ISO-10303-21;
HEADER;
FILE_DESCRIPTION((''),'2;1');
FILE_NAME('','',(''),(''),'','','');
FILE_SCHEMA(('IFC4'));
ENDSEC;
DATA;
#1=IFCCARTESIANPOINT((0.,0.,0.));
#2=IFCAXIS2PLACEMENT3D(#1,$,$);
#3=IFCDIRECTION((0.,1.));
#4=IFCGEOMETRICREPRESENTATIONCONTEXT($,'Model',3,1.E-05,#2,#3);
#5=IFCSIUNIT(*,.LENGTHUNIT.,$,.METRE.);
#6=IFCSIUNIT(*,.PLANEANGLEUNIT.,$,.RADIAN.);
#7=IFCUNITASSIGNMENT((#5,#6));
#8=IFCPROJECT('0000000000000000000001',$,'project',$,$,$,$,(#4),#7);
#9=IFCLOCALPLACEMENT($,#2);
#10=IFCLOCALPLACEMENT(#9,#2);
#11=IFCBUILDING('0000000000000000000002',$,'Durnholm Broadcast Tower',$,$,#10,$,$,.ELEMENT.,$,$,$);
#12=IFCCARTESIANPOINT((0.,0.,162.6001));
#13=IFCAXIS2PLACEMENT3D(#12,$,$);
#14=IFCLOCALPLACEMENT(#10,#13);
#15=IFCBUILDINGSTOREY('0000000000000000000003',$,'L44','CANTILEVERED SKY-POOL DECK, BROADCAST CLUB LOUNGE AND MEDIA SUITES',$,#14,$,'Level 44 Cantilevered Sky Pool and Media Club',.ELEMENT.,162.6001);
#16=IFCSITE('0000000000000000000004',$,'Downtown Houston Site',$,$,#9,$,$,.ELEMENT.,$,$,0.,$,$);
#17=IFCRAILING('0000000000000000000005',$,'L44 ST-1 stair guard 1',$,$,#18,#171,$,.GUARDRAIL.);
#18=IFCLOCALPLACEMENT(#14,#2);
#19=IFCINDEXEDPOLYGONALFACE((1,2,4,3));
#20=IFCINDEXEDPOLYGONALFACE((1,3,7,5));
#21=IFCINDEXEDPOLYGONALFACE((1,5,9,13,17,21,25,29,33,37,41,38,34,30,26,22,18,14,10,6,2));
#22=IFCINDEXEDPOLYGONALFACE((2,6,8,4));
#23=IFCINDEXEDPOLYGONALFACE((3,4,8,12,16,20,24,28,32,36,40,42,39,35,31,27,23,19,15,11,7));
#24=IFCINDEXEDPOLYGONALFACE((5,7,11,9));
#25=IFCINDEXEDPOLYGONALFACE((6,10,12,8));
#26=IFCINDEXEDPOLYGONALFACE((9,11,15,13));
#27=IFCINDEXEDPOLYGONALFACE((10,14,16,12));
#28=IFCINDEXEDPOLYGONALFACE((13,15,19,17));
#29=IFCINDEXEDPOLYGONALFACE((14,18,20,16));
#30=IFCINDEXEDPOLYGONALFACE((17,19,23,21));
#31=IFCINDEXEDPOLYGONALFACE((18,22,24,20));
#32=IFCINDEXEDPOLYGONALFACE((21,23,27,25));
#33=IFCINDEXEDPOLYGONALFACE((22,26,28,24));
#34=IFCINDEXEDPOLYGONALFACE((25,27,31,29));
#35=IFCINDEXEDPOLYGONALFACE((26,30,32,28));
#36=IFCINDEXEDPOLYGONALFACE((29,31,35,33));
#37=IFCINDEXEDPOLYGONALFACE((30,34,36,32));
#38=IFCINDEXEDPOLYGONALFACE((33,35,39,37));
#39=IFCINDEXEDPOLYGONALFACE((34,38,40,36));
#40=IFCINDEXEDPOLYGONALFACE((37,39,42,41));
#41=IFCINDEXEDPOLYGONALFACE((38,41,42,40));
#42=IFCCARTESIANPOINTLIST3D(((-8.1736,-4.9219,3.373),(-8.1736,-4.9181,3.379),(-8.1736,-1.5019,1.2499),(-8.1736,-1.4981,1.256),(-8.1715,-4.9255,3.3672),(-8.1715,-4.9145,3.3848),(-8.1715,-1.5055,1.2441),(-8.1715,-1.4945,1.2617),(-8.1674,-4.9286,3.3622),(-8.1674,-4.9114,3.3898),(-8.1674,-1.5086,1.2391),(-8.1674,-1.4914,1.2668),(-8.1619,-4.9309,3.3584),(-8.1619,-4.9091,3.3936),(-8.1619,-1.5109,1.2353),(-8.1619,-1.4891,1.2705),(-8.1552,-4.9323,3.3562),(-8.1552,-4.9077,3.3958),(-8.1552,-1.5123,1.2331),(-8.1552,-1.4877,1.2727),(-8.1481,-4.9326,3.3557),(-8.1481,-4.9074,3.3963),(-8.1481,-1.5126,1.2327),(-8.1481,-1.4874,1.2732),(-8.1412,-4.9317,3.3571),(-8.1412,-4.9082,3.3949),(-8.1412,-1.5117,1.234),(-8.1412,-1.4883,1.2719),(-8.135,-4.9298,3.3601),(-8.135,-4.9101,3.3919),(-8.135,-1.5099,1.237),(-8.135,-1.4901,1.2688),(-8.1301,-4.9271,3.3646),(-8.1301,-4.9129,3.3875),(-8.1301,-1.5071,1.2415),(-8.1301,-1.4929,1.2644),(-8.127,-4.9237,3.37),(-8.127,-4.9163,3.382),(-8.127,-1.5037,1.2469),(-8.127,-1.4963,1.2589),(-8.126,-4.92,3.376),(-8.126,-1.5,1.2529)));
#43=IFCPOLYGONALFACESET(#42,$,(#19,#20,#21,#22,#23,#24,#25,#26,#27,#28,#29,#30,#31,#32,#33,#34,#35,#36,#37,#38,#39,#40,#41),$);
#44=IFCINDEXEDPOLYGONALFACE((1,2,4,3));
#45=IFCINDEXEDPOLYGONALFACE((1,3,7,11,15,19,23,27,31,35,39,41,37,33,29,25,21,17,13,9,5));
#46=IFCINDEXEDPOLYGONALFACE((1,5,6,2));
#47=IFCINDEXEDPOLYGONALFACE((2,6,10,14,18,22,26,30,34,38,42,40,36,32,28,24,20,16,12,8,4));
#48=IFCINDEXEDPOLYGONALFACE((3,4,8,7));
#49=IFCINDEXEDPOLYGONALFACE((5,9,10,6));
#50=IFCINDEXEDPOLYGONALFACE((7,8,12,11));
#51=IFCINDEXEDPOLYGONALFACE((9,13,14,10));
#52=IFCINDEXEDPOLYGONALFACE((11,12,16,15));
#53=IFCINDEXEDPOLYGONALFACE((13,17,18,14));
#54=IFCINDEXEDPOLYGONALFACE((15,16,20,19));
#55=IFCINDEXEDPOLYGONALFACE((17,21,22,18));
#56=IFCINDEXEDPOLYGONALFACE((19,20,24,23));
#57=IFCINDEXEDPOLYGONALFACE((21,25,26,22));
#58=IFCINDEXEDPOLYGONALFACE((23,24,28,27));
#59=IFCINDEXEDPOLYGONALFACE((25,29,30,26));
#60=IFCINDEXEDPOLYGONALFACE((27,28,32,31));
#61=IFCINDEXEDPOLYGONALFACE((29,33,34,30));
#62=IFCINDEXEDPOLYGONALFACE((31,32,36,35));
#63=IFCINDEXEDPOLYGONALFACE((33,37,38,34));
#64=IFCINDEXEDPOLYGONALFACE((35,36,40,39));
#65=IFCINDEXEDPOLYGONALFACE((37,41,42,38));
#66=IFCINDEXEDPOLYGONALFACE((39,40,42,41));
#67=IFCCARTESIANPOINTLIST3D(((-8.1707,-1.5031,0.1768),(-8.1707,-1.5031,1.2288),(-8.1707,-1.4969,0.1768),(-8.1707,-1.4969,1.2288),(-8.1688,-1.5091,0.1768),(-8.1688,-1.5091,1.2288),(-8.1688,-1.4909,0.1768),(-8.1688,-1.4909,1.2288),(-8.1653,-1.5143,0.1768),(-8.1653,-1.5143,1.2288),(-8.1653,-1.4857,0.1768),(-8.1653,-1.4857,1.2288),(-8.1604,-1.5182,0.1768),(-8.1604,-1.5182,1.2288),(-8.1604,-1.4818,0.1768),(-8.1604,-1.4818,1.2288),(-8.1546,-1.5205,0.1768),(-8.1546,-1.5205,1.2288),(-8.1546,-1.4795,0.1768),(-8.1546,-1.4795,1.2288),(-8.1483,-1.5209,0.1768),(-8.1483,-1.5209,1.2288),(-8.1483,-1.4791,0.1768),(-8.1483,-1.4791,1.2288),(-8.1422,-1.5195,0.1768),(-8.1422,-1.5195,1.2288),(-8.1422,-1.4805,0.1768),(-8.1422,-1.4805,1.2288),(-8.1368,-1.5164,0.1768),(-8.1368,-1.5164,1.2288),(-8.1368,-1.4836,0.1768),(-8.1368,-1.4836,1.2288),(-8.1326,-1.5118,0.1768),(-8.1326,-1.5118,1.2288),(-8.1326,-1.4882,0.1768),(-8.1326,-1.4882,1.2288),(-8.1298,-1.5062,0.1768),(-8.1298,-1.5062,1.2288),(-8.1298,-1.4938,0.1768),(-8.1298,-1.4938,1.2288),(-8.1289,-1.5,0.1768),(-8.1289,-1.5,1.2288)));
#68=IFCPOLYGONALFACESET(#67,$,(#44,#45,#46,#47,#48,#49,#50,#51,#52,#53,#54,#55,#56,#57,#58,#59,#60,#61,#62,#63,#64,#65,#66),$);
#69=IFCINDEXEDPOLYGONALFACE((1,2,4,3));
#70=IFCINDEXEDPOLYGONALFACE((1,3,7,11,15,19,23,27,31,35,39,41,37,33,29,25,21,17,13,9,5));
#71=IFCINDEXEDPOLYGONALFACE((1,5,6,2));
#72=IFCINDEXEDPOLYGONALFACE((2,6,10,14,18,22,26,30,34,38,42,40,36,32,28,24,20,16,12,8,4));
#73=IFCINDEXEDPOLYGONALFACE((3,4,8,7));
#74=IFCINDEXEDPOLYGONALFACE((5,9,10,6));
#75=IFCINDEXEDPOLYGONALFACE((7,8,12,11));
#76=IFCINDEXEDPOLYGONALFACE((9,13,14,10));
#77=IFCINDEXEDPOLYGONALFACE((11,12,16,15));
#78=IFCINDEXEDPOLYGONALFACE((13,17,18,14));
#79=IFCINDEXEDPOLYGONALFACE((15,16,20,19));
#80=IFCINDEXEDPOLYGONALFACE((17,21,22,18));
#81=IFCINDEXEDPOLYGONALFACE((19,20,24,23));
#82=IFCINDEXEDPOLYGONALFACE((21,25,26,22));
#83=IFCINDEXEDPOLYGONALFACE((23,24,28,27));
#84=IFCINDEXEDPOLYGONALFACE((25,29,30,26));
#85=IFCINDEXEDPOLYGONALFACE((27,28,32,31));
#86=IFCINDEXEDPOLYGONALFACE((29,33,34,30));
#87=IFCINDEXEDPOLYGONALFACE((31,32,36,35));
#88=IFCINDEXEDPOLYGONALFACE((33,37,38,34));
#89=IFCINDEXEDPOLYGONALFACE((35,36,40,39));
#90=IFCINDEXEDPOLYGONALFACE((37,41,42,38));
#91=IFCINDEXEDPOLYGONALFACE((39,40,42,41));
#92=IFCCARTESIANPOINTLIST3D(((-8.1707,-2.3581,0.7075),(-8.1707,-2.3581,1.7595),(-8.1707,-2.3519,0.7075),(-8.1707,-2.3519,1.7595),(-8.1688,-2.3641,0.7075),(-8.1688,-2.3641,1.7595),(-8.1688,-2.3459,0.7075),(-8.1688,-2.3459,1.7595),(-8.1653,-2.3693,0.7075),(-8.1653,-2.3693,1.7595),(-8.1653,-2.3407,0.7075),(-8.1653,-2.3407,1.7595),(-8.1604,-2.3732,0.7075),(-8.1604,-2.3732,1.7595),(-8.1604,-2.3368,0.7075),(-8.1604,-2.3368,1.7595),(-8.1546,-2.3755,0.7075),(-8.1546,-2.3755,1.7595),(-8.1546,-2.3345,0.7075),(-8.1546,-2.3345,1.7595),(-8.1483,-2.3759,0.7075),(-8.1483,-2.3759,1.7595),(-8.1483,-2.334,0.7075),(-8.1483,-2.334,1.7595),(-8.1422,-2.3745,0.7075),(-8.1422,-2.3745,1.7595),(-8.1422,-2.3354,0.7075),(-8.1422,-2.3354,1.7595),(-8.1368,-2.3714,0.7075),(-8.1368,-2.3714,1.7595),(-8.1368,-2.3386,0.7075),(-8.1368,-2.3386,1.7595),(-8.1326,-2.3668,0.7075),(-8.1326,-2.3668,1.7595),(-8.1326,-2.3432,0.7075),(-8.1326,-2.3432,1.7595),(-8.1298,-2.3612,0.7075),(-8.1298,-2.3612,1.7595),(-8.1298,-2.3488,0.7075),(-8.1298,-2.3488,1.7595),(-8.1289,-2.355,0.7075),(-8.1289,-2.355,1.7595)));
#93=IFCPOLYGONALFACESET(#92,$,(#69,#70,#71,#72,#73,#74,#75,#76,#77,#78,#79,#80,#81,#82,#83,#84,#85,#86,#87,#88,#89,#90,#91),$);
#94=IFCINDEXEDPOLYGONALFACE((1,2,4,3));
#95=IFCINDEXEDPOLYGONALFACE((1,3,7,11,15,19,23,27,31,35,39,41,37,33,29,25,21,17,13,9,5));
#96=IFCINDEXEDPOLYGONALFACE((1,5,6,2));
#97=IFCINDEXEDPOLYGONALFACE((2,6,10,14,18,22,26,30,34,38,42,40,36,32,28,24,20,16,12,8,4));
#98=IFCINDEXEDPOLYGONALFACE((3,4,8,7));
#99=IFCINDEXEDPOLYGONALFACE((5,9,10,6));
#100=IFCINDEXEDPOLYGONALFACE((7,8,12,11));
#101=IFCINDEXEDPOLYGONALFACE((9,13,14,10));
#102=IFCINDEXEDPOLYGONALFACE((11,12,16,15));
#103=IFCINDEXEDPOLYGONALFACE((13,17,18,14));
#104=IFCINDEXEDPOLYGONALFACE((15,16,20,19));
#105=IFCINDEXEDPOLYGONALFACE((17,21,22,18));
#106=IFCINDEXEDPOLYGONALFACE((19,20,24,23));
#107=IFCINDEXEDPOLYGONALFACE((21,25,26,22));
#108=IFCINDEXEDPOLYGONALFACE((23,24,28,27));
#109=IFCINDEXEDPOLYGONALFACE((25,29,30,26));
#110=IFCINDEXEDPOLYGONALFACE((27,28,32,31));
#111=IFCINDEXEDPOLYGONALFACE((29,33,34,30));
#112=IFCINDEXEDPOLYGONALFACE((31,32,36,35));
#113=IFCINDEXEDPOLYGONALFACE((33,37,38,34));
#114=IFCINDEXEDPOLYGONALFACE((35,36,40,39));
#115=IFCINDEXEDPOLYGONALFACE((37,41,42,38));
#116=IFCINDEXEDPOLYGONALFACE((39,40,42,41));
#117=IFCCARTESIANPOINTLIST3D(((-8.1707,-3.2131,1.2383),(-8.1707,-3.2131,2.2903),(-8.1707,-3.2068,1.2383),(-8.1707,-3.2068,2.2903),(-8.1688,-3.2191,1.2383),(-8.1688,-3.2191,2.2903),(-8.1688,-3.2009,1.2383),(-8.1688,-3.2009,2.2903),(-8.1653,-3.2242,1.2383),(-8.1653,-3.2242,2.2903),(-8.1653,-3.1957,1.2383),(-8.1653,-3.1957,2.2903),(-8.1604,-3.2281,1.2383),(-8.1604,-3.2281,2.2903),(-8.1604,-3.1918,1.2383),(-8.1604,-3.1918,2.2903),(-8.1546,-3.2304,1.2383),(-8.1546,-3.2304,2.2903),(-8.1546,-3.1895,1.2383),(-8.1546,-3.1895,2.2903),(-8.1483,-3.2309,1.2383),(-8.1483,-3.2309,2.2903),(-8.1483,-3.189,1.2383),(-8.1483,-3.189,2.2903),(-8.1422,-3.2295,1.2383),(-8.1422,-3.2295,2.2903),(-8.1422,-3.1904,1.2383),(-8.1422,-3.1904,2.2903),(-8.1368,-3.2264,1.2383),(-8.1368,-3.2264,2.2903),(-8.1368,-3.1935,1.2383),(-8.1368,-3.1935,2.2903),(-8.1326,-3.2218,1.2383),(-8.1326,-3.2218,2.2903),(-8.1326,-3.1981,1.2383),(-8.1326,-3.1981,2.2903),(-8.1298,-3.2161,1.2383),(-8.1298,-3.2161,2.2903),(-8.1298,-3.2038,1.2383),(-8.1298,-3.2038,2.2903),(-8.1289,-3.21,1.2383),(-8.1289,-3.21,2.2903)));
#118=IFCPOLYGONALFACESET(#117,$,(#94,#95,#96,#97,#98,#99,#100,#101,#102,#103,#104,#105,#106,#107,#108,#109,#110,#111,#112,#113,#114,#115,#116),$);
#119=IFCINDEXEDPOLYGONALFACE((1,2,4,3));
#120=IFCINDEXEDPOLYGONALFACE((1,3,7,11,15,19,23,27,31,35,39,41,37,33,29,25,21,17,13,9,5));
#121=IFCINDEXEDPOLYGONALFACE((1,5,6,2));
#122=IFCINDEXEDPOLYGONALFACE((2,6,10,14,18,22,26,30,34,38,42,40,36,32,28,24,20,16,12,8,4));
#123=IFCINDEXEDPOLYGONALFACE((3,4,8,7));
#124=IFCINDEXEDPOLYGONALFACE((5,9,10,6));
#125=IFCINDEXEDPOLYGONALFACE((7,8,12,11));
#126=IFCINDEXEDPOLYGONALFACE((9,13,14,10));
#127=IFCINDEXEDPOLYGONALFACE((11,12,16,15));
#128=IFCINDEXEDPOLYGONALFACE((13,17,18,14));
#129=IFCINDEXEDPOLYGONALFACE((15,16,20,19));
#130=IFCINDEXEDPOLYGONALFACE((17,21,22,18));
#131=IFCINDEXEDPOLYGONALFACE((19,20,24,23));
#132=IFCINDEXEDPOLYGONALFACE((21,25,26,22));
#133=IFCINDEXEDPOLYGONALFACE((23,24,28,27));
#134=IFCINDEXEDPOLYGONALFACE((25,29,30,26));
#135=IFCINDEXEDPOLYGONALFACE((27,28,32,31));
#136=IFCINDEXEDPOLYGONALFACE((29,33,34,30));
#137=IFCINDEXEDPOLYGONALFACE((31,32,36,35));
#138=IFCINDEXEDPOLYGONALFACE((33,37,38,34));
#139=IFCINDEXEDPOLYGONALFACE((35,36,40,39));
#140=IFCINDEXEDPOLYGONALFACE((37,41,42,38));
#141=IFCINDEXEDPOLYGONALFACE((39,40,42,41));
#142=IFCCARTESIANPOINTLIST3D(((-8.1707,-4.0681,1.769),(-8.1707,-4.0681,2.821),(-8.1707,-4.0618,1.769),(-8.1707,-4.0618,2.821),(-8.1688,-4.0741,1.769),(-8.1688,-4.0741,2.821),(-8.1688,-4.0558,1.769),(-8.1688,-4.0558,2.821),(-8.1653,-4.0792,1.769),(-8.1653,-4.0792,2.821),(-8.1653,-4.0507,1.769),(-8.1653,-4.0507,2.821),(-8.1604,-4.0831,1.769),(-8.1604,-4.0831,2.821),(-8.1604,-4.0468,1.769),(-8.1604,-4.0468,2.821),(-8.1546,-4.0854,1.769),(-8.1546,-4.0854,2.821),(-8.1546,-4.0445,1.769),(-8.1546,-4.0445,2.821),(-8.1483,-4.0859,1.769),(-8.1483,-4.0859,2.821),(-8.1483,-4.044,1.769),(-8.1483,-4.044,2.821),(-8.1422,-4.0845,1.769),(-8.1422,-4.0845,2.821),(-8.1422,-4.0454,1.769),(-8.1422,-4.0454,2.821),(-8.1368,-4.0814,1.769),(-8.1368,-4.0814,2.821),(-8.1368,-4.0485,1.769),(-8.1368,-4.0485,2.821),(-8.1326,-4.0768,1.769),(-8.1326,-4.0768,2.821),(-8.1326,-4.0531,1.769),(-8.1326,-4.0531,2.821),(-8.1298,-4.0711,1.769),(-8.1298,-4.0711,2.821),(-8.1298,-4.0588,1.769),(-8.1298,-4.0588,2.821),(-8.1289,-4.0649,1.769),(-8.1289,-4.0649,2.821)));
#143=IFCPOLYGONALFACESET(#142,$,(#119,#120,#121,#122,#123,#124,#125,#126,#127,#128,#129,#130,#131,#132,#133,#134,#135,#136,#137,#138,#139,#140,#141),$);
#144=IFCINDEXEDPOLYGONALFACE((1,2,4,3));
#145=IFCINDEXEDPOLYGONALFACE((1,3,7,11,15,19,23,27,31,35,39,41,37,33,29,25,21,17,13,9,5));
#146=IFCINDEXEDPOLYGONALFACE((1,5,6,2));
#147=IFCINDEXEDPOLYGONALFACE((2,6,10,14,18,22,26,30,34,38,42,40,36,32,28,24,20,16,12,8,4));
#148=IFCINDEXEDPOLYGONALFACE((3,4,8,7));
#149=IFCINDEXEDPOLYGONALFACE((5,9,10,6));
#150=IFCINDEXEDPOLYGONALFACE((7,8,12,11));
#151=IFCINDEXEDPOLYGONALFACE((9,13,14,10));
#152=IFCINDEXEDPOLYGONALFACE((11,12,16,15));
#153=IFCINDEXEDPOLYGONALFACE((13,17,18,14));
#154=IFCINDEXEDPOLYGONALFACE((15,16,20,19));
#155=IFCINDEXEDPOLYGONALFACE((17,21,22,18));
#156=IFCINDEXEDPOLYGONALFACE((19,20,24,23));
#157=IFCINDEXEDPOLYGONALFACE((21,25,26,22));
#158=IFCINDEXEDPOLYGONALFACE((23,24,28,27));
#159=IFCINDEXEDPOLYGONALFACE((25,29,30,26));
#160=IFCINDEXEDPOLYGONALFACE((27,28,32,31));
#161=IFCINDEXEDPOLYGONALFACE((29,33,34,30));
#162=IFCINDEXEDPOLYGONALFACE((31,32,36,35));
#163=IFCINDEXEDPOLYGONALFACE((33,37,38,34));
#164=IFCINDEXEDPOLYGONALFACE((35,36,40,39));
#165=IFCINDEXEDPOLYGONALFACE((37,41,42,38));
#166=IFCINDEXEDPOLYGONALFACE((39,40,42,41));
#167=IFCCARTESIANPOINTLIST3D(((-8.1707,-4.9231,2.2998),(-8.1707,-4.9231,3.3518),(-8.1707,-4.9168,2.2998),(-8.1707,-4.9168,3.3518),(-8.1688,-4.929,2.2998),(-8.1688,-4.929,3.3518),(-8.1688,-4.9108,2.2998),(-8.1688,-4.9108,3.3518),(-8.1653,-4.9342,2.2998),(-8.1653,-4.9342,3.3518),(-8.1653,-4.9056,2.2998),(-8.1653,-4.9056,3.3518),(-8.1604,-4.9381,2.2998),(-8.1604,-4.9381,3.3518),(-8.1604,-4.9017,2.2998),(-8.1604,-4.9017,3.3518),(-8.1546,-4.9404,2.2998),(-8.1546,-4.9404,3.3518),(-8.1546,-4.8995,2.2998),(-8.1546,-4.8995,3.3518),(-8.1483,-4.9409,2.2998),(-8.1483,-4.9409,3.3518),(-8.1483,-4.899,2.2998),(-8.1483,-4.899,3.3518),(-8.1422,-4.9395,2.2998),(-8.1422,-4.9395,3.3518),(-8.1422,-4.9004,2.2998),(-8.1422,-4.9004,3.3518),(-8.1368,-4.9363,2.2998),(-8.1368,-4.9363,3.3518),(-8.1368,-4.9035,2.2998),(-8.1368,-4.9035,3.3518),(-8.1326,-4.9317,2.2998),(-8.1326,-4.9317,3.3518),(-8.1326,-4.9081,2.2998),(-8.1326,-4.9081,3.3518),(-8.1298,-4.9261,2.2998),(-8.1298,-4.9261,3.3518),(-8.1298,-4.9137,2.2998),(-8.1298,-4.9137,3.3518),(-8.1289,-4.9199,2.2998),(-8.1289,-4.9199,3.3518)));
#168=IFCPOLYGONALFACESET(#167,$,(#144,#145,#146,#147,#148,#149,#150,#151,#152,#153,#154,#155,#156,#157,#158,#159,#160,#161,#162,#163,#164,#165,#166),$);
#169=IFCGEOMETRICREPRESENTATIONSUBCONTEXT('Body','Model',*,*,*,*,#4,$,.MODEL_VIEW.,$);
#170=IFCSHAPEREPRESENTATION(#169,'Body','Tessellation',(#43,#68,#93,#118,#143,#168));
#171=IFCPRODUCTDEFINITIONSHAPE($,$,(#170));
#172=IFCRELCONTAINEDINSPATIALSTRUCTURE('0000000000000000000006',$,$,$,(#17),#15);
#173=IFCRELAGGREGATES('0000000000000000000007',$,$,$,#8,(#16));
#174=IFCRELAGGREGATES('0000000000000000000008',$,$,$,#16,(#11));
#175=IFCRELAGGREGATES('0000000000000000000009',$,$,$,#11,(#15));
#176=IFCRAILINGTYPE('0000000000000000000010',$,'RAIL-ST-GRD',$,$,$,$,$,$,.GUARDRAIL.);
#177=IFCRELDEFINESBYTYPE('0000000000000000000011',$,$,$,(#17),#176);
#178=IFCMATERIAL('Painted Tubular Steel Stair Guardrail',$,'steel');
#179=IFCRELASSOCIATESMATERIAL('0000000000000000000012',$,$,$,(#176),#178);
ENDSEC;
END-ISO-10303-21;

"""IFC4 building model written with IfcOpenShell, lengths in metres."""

from ifc_helpers import new_model, si_unit, direction, frame, origin, origin_2d, place, context, subcontext, project, spatial, circle, extrude, material, type_object, element, save


model = new_model("IFC4")

# Units and contexts
model_context = context("Model", 3, precision=1e-05, world=origin(), true_north=direction((0.0, 1.0)))
body_context = subcontext(model_context, "Body", "Model", "MODEL_VIEW")
ifc_project = project(units=[si_unit("LENGTHUNIT", "METRE"), si_unit("PLANEANGLEUNIT", "RADIAN")], contexts=[model_context])

# Site, building, storey
site_placement = place(None, origin())
site = spatial("IfcSite", under=ifc_project, at=site_placement, Name="Downtown Houston Site", CompositionType="ELEMENT", RefElevation=0.0)
building_placement = place(site_placement, origin())
building = spatial("IfcBuilding", under=site, at=building_placement, Name="Durnholm Broadcast Tower", CompositionType="ELEMENT")
storey_placement = place(building_placement, frame((0.0, 0.0, 162.6001)))
storey = spatial("IfcBuildingStorey", under=building, at=storey_placement, Name="L44", Description="CANTILEVERED SKY-POOL DECK, BROADCAST CLUB LOUNGE AND MEDIA SUITES", LongName="Level 44 Cantilevered Sky Pool and Media Club", CompositionType="ELEMENT", Elevation=162.6001)

# Railing
ifc_material_1 = material(Name="Painted Tubular Steel Stair Guardrail", Category="steel")
railing_type_1 = type_object("IfcRailingType", Name="RAIL-ST-GRD", PredefinedType="GUARDRAIL", material=ifc_material_1)
railing_1_placement = place(storey_placement, frame((-8.1499, -1.5, 0.1768)))
element("IfcRailing", 1, at=railing_1_placement, inside=storey, type_object=railing_type_1, Name="L44 ST-1 stair guard 1", PredefinedType="GUARDRAIL", context=body_context, shape_type="SweptSolid", body=[
    extrude(circle(Radius=0.0239, at=origin_2d()), frame((0.0, 0.0, 1.0762), z_axis=(0.0, -0.849603, 0.527423), x_axis=(1.0, 0.0, 0.0)), (0.0, 0.0, 1.0), 4.0254),
    extrude(circle(Radius=0.021, at=origin_2d()), origin(), (0.0, 0.0, 1.0), 1.052),
    extrude(circle(Radius=0.021, at=origin_2d()), frame((0.0, -0.855, 0.5308)), (0.0, 0.0, 1.0), 1.052),
    extrude(circle(Radius=0.021, at=origin_2d()), frame((0.0, -1.71, 1.0615)), (0.0, 0.0, 1.0), 1.052),
    extrude(circle(Radius=0.021, at=origin_2d()), frame((0.0, -2.5649, 1.5923)), (0.0, 0.0, 1.0), 1.052),
    extrude(circle(Radius=0.021, at=origin_2d()), frame((0.0, -3.4199, 2.123)), (0.0, 0.0, 1.0), 1.052),
])

save(model, "model.ifc")
